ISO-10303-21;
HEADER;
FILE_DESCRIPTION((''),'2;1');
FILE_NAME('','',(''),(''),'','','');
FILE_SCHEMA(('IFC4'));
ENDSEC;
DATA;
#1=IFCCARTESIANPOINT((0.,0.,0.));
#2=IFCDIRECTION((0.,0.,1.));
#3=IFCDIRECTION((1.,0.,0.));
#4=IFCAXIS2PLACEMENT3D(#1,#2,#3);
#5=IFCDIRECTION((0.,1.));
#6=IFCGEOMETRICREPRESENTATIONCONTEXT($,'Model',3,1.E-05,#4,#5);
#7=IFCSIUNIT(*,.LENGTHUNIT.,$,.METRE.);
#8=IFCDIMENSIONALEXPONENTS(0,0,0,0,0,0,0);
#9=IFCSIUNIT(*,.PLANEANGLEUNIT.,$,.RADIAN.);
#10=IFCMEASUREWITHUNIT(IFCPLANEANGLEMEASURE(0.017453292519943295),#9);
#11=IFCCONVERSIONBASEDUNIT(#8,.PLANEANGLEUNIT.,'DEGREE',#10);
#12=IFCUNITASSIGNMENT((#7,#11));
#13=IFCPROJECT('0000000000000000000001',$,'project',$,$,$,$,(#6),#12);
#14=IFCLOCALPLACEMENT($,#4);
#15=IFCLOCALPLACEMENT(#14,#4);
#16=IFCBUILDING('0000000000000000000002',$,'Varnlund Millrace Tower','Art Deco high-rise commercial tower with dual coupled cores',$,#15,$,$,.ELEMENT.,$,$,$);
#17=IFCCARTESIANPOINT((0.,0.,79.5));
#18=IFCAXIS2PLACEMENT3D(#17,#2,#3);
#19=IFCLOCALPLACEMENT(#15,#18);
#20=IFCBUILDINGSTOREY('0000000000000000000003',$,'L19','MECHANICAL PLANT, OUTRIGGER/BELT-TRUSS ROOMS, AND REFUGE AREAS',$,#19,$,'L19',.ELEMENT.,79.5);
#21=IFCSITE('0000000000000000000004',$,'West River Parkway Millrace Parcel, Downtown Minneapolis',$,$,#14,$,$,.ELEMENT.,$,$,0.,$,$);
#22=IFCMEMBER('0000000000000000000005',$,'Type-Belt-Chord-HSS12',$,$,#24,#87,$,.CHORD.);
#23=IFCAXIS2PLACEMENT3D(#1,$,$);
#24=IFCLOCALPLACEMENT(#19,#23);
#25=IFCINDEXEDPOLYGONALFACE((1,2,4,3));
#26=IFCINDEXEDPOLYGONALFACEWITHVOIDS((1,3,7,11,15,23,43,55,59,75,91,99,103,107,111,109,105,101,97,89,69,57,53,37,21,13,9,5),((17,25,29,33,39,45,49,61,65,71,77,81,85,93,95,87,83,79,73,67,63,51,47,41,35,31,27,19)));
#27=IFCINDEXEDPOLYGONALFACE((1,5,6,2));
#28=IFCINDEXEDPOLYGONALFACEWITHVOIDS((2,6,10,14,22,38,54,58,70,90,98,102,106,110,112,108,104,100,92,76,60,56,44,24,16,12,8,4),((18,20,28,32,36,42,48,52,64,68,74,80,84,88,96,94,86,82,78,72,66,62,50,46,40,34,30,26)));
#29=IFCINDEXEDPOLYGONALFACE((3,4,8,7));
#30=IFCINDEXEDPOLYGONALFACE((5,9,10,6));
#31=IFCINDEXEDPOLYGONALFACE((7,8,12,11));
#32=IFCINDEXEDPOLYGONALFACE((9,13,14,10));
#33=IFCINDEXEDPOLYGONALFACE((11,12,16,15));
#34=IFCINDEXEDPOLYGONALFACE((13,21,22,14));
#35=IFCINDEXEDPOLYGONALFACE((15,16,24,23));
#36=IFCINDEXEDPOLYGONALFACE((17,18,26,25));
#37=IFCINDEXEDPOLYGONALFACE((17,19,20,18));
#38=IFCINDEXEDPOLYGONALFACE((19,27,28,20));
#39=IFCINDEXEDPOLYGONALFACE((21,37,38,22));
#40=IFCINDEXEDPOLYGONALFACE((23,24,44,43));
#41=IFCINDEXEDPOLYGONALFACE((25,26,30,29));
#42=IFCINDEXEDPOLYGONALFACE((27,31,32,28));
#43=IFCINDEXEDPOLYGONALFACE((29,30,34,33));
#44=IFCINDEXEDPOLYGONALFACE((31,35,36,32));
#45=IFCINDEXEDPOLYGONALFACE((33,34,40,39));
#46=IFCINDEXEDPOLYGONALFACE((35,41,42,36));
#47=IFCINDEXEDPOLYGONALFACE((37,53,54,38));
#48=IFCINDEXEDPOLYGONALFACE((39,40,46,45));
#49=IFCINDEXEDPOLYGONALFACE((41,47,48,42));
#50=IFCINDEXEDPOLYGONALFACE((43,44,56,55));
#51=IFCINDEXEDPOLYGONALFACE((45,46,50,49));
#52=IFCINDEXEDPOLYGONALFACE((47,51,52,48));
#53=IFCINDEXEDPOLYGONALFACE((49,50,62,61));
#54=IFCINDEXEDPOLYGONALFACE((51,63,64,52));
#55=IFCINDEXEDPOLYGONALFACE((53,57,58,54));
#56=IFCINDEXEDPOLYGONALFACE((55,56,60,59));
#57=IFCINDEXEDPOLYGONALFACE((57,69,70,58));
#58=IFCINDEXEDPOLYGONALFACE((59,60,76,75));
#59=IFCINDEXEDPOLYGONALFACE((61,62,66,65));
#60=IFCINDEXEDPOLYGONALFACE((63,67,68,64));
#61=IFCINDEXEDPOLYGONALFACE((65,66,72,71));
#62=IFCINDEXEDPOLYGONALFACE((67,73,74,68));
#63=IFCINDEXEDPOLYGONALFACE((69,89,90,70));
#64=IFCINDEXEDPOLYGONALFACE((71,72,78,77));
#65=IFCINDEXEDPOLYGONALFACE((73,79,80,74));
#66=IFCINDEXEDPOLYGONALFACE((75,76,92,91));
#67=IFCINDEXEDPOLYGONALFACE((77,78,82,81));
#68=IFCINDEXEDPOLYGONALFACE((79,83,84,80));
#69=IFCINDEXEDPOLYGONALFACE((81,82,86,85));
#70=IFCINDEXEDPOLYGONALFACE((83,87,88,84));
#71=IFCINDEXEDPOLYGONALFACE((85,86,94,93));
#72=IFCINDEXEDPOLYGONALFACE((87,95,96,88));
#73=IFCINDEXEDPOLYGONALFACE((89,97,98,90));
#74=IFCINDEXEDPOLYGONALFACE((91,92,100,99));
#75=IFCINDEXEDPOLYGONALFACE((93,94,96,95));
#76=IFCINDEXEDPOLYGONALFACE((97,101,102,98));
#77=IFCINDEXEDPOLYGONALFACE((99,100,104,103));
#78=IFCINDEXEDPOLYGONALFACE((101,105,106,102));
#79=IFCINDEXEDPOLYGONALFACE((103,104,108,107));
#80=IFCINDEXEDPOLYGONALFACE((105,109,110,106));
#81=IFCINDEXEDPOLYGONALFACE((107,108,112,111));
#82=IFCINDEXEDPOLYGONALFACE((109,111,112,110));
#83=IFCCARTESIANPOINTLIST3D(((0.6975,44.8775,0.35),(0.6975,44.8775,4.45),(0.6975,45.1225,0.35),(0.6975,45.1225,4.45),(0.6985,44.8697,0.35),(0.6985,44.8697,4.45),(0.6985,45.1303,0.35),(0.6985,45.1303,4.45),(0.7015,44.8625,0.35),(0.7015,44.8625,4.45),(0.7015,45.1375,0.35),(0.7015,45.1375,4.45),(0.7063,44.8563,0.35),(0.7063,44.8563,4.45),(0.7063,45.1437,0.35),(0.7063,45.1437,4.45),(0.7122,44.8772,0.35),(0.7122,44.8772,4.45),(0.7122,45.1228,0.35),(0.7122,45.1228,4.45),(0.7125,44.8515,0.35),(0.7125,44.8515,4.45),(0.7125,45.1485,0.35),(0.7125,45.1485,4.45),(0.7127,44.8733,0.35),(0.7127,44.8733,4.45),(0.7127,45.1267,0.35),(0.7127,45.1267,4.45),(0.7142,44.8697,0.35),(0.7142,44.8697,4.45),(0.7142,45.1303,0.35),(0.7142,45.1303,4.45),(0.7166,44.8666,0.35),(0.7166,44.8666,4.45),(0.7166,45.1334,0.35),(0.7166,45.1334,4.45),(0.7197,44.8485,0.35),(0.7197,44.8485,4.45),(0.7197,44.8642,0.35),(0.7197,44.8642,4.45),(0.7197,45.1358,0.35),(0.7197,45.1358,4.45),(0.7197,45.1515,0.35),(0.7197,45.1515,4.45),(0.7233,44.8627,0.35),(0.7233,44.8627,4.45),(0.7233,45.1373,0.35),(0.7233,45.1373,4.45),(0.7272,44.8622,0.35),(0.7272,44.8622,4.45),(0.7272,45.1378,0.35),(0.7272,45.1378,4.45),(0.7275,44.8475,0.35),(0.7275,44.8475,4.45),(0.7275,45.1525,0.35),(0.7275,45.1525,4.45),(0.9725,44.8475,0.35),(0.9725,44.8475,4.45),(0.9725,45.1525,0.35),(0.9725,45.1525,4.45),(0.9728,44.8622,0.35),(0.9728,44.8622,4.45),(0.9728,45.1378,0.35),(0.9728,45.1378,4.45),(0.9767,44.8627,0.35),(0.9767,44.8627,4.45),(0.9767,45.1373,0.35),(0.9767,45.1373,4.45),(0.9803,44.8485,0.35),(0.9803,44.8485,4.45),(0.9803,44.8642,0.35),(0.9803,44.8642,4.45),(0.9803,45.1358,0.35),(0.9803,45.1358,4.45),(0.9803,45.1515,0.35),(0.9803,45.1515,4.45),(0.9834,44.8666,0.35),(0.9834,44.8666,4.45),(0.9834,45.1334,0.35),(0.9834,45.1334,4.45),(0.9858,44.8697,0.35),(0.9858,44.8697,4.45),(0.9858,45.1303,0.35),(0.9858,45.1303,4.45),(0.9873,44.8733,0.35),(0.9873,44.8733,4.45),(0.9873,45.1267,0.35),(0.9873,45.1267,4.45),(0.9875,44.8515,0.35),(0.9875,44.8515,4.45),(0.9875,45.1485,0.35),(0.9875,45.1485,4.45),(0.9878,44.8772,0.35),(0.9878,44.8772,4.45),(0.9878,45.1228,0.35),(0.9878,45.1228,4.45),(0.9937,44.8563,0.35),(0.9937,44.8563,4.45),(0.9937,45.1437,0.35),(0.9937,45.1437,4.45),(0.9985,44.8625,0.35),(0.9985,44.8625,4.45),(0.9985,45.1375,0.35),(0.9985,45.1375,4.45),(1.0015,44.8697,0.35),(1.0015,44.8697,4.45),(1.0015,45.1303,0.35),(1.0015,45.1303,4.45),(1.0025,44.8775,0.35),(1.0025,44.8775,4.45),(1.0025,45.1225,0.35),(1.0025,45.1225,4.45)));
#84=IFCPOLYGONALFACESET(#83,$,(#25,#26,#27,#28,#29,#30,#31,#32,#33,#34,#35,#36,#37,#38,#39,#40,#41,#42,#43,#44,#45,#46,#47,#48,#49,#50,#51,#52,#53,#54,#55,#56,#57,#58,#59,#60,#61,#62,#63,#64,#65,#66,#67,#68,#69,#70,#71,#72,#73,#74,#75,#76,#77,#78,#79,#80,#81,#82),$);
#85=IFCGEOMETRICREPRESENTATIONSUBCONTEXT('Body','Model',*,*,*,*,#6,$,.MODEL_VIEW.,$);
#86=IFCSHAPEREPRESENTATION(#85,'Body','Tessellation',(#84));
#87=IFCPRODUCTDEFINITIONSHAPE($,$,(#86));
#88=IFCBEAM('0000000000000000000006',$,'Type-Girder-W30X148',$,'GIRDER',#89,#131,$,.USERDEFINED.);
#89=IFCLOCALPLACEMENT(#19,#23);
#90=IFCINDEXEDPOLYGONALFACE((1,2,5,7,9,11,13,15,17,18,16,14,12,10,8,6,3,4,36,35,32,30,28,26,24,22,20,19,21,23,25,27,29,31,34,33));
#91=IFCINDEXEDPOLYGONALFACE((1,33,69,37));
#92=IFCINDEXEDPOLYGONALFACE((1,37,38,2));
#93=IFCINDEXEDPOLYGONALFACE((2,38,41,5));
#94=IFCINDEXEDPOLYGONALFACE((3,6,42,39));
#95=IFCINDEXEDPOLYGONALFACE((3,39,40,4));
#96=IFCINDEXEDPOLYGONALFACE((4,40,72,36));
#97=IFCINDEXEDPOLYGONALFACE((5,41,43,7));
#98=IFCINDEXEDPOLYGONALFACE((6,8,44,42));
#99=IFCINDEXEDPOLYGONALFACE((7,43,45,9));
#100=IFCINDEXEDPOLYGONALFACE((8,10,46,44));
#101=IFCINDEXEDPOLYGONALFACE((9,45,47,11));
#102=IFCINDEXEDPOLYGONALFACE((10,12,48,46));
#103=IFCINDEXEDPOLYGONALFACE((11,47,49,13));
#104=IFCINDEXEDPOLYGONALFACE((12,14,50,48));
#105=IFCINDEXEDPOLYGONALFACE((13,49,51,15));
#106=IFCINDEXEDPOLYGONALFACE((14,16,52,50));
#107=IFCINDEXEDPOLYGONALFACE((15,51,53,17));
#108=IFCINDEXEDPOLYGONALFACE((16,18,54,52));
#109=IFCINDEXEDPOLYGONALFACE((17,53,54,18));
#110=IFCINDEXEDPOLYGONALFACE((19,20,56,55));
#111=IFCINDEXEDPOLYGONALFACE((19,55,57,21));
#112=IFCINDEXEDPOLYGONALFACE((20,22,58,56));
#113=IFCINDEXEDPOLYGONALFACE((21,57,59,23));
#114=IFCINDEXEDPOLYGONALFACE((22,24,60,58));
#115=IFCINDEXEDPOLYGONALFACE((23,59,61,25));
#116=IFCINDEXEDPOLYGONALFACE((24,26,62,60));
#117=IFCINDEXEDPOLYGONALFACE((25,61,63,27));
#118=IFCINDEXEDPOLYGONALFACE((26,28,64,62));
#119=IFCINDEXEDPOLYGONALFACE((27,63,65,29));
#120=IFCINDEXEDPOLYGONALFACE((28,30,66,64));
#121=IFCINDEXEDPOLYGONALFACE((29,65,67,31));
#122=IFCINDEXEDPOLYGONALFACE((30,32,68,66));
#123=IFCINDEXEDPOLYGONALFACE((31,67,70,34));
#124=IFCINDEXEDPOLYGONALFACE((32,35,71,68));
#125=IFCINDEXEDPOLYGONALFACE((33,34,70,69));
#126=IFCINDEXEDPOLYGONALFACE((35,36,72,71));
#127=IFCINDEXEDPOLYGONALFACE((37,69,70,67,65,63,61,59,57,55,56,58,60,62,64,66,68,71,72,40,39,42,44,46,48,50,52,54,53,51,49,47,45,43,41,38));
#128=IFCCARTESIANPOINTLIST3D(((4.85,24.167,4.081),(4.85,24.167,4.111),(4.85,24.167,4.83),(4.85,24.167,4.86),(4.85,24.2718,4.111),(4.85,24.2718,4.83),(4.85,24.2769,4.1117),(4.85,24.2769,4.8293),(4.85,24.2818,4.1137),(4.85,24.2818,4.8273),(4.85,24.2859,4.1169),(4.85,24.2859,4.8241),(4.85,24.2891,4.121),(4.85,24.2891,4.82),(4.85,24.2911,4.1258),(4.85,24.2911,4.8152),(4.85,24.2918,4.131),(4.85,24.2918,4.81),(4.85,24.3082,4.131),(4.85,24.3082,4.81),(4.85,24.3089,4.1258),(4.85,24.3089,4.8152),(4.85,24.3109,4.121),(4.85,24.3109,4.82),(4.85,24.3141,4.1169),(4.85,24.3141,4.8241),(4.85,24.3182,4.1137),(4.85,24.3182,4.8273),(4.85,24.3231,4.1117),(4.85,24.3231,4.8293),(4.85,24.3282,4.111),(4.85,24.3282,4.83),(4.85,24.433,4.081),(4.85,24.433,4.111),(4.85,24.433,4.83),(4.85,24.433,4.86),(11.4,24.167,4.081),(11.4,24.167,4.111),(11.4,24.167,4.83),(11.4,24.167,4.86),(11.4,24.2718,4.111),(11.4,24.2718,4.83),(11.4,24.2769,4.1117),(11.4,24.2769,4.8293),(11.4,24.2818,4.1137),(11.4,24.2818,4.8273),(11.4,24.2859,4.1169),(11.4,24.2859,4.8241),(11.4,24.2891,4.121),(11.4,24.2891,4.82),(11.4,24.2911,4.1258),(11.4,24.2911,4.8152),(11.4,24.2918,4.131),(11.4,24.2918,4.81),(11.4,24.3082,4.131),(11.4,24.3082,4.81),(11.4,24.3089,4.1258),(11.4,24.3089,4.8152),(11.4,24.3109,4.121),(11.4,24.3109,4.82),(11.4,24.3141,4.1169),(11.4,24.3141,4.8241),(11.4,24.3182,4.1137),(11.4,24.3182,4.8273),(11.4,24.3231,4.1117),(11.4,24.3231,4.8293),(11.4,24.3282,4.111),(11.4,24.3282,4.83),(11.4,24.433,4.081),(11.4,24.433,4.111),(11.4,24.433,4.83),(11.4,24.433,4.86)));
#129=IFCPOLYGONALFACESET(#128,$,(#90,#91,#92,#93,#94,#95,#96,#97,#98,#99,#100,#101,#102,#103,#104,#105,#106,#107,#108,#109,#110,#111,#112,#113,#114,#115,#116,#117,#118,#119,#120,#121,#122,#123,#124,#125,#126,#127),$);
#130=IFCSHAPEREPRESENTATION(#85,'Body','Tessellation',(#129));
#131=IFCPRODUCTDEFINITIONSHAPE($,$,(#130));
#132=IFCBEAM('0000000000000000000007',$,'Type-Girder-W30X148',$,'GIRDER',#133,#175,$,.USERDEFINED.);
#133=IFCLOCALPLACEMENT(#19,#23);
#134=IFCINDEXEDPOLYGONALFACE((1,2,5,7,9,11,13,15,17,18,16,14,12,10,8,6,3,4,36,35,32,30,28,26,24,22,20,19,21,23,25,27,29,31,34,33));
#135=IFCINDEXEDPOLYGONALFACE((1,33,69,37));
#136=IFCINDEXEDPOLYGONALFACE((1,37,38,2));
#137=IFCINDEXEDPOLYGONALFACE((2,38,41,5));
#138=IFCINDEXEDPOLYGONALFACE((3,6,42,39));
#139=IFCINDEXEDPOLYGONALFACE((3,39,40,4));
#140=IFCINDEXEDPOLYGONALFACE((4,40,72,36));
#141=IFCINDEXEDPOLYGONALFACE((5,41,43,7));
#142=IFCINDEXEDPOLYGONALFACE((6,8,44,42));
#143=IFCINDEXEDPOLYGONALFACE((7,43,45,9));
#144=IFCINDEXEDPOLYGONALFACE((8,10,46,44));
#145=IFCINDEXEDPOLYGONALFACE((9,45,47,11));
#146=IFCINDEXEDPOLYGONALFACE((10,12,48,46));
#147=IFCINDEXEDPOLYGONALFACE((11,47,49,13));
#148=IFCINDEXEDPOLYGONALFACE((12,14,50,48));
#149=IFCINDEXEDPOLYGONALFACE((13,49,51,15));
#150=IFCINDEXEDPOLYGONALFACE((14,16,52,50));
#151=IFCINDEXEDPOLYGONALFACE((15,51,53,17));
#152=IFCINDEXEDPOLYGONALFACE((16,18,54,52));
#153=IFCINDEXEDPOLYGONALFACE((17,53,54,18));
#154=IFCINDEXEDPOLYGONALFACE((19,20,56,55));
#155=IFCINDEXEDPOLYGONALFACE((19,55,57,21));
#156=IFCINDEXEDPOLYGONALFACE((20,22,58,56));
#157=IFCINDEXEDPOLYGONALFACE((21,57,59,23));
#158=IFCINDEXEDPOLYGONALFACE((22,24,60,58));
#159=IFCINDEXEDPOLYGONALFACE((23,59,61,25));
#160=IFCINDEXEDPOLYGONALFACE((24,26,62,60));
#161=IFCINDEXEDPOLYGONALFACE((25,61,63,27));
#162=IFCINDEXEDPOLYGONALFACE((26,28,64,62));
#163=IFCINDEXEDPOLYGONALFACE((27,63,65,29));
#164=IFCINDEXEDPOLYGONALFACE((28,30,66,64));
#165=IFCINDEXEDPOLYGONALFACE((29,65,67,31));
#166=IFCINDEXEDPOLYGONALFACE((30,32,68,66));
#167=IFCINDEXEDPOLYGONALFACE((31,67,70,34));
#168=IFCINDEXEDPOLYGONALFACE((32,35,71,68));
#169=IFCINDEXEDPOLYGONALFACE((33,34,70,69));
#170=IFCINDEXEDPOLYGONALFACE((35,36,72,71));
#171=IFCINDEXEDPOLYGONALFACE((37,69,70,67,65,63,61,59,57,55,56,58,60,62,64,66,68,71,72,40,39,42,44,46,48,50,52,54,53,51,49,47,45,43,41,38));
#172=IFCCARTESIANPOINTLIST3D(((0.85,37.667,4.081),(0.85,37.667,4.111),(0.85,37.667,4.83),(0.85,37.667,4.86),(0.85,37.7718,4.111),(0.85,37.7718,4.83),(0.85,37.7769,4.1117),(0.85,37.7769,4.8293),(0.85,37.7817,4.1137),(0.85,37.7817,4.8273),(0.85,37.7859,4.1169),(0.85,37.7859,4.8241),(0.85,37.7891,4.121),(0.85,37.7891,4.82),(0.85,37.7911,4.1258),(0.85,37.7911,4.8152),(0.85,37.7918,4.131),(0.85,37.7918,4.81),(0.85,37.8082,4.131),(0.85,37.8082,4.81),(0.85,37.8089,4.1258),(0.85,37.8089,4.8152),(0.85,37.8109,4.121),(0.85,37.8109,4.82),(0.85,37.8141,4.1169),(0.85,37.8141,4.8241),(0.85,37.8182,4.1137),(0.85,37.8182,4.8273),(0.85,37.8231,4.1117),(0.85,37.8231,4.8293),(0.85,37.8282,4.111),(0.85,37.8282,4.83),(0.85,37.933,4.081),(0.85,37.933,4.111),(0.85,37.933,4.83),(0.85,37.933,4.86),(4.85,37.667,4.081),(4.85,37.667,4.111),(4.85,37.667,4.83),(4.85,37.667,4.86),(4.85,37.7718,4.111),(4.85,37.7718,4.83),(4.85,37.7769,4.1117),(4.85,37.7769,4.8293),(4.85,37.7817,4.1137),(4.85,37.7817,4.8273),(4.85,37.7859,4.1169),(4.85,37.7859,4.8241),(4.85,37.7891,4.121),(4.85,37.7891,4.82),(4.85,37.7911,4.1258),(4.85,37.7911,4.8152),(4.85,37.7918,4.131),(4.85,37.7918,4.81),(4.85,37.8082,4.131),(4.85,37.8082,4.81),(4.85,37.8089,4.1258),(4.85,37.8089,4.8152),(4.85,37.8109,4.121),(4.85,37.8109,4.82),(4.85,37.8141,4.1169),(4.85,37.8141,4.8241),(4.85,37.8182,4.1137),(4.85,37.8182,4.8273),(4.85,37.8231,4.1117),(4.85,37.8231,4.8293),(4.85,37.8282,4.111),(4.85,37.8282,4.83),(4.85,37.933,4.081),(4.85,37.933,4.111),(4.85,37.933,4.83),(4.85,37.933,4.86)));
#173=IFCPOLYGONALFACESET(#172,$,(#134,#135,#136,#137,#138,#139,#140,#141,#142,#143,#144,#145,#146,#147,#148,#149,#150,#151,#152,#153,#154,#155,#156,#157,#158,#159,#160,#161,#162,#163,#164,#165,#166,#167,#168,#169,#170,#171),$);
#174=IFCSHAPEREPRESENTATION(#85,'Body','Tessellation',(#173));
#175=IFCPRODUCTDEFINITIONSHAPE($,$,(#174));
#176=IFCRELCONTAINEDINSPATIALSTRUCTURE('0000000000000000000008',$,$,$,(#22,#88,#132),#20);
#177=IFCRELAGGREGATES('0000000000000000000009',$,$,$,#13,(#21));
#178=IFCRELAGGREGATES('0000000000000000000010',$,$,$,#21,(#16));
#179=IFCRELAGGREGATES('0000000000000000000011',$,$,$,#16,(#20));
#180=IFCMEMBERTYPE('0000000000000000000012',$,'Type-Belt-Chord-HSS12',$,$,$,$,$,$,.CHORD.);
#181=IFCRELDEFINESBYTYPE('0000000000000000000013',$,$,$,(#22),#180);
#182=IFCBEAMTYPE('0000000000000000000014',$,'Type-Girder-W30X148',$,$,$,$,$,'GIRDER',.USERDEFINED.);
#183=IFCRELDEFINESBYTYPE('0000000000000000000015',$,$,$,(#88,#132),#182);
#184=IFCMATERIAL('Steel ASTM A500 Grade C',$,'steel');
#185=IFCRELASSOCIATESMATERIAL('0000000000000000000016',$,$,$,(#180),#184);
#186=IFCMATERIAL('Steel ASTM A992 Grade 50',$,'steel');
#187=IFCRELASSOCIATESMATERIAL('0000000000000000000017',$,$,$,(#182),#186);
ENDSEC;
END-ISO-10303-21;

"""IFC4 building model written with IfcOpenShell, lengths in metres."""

from ifc_helpers import new_model, entity, si_unit, converted_unit, direction, frame, origin_with_axes, origin_2d_with_axis, place, context, subcontext, project, spatial, hollow_rectangle, i_section, extrude, material, material_profile, profile_set, type_object, element, save


model = new_model("IFC4")

# Units and contexts
model_context = context("Model", 3, precision=1e-05, world=origin_with_axes(), true_north=direction((0.0, 1.0)))
body_context = subcontext(model_context, "Body", "Model", "MODEL_VIEW")
ifc_project = project(units=[si_unit("LENGTHUNIT", "METRE"), converted_unit("PLANEANGLEUNIT", "DEGREE", entity("IfcPlaneAngleMeasure", 0.017453292519943295), si_unit("PLANEANGLEUNIT", "RADIAN"), dimensions=[0, 0, 0, 0, 0, 0, 0])], contexts=[model_context])

# Site, building, storey
site_placement = place(None, origin_with_axes())
site = spatial("IfcSite", under=ifc_project, at=site_placement, Name="West River Parkway Millrace Parcel, Downtown Minneapolis", CompositionType="ELEMENT", RefElevation=0.0)
building_placement = place(site_placement, origin_with_axes())
building = spatial("IfcBuilding", under=site, at=building_placement, Name="Varnlund Millrace Tower", Description="Art Deco high-rise commercial tower with dual coupled cores", CompositionType="ELEMENT")
storey_placement = place(building_placement, frame((0.0, 0.0, 79.5), z_axis=(0.0, 0.0, 1.0), x_axis=(1.0, 0.0, 0.0)))
storey = spatial("IfcBuildingStorey", under=building, at=storey_placement, Name="L19", Description="MECHANICAL PLANT, OUTRIGGER/BELT-TRUSS ROOMS, AND REFUGE AREAS", LongName="L19", CompositionType="ELEMENT", Elevation=79.5)

# Member
ifc_material_1 = material(Name="Steel ASTM A500 Grade C", Category="steel")
ifc_material_profile_1 = material_profile(ifc_material_1, hollow_rectangle(XDim=0.305, YDim=0.305, WallThickness=0.0147, InnerFilletRadius=0.015, OuterFilletRadius=0.03, at=origin_2d_with_axis()), Name="Steel ASTM A500 Grade C")
ifc_profile_set_1 = profile_set([ifc_material_profile_1], Name="Steel ASTM A500 Grade C")
member_type_1 = type_object("IfcMemberType", Name="Type-Belt-Chord-HSS12", PredefinedType="CHORD", material=ifc_profile_set_1)
for number, where, z_axis, x_axis, name in (
    (1, (0.85, 45.0, 0.35), (0.0, 0.0, 1.0), (1.0, 0.0, 0.0), "Type-Belt-Chord-HSS12"),
):
    element("IfcMember", number, at=place(storey_placement, frame(where, z_axis=z_axis, x_axis=x_axis)), inside=storey, type_object=member_type_1, Name=name, PredefinedType="CHORD", context=body_context, shape_type="SweptSolid", body=[
        extrude(hollow_rectangle(XDim=0.305, YDim=0.305, WallThickness=0.0147, InnerFilletRadius=0.015, OuterFilletRadius=0.03, at=origin_2d_with_axis()), origin_with_axes(), (0.0, 0.0, 1.0), 4.1),
    ])

# Beams
ifc_material_2 = material(Name="Steel ASTM A992 Grade 50", Category="steel")
ifc_material_profile_2 = material_profile(ifc_material_2, i_section(OverallWidth=0.266, OverallDepth=0.779, WebThickness=0.0165, FlangeThickness=0.03, FilletRadius=0.02, at=origin_2d_with_axis()), Name="Steel ASTM A992 Grade 50")
ifc_profile_set_2 = profile_set([ifc_material_profile_2], Name="Steel ASTM A992 Grade 50")
beam_type_1 = type_object("IfcBeamType", Name="Type-Girder-W30X148", ElementType="GIRDER", PredefinedType="USERDEFINED", material=ifc_profile_set_2)
beam_1_placement = place(storey_placement, frame((4.85, 24.3, 4.4705), z_axis=(1.0, 0.0, 0.0), x_axis=(0.0, 1.0, 0.0)))
element("IfcBeam", 2, at=beam_1_placement, inside=storey, type_object=beam_type_1, Name="Type-Girder-W30X148", ObjectType="GIRDER", PredefinedType="USERDEFINED", context=body_context, shape_type="SweptSolid", body=[
    extrude(i_section(OverallWidth=0.266, OverallDepth=0.779, WebThickness=0.0165, FlangeThickness=0.03, FilletRadius=0.02, at=origin_2d_with_axis()), origin_with_axes(), (0.0, 0.0, 1.0), 6.55),
])
beam_2_placement = place(storey_placement, frame((0.85, 37.8, 4.4705), z_axis=(1.0, 0.0, 0.0), x_axis=(0.0, 1.0, 0.0)))
element("IfcBeam", 3, at=beam_2_placement, inside=storey, type_object=beam_type_1, Name="Type-Girder-W30X148", ObjectType="GIRDER", PredefinedType="USERDEFINED", context=body_context, shape_type="SweptSolid", body=[
    extrude(i_section(OverallWidth=0.266, OverallDepth=0.779, WebThickness=0.0165, FlangeThickness=0.03, FilletRadius=0.02, at=origin_2d_with_axis()), origin_with_axes(), (0.0, 0.0, 1.0), 4.0),
])

save(model, "model.ifc")
